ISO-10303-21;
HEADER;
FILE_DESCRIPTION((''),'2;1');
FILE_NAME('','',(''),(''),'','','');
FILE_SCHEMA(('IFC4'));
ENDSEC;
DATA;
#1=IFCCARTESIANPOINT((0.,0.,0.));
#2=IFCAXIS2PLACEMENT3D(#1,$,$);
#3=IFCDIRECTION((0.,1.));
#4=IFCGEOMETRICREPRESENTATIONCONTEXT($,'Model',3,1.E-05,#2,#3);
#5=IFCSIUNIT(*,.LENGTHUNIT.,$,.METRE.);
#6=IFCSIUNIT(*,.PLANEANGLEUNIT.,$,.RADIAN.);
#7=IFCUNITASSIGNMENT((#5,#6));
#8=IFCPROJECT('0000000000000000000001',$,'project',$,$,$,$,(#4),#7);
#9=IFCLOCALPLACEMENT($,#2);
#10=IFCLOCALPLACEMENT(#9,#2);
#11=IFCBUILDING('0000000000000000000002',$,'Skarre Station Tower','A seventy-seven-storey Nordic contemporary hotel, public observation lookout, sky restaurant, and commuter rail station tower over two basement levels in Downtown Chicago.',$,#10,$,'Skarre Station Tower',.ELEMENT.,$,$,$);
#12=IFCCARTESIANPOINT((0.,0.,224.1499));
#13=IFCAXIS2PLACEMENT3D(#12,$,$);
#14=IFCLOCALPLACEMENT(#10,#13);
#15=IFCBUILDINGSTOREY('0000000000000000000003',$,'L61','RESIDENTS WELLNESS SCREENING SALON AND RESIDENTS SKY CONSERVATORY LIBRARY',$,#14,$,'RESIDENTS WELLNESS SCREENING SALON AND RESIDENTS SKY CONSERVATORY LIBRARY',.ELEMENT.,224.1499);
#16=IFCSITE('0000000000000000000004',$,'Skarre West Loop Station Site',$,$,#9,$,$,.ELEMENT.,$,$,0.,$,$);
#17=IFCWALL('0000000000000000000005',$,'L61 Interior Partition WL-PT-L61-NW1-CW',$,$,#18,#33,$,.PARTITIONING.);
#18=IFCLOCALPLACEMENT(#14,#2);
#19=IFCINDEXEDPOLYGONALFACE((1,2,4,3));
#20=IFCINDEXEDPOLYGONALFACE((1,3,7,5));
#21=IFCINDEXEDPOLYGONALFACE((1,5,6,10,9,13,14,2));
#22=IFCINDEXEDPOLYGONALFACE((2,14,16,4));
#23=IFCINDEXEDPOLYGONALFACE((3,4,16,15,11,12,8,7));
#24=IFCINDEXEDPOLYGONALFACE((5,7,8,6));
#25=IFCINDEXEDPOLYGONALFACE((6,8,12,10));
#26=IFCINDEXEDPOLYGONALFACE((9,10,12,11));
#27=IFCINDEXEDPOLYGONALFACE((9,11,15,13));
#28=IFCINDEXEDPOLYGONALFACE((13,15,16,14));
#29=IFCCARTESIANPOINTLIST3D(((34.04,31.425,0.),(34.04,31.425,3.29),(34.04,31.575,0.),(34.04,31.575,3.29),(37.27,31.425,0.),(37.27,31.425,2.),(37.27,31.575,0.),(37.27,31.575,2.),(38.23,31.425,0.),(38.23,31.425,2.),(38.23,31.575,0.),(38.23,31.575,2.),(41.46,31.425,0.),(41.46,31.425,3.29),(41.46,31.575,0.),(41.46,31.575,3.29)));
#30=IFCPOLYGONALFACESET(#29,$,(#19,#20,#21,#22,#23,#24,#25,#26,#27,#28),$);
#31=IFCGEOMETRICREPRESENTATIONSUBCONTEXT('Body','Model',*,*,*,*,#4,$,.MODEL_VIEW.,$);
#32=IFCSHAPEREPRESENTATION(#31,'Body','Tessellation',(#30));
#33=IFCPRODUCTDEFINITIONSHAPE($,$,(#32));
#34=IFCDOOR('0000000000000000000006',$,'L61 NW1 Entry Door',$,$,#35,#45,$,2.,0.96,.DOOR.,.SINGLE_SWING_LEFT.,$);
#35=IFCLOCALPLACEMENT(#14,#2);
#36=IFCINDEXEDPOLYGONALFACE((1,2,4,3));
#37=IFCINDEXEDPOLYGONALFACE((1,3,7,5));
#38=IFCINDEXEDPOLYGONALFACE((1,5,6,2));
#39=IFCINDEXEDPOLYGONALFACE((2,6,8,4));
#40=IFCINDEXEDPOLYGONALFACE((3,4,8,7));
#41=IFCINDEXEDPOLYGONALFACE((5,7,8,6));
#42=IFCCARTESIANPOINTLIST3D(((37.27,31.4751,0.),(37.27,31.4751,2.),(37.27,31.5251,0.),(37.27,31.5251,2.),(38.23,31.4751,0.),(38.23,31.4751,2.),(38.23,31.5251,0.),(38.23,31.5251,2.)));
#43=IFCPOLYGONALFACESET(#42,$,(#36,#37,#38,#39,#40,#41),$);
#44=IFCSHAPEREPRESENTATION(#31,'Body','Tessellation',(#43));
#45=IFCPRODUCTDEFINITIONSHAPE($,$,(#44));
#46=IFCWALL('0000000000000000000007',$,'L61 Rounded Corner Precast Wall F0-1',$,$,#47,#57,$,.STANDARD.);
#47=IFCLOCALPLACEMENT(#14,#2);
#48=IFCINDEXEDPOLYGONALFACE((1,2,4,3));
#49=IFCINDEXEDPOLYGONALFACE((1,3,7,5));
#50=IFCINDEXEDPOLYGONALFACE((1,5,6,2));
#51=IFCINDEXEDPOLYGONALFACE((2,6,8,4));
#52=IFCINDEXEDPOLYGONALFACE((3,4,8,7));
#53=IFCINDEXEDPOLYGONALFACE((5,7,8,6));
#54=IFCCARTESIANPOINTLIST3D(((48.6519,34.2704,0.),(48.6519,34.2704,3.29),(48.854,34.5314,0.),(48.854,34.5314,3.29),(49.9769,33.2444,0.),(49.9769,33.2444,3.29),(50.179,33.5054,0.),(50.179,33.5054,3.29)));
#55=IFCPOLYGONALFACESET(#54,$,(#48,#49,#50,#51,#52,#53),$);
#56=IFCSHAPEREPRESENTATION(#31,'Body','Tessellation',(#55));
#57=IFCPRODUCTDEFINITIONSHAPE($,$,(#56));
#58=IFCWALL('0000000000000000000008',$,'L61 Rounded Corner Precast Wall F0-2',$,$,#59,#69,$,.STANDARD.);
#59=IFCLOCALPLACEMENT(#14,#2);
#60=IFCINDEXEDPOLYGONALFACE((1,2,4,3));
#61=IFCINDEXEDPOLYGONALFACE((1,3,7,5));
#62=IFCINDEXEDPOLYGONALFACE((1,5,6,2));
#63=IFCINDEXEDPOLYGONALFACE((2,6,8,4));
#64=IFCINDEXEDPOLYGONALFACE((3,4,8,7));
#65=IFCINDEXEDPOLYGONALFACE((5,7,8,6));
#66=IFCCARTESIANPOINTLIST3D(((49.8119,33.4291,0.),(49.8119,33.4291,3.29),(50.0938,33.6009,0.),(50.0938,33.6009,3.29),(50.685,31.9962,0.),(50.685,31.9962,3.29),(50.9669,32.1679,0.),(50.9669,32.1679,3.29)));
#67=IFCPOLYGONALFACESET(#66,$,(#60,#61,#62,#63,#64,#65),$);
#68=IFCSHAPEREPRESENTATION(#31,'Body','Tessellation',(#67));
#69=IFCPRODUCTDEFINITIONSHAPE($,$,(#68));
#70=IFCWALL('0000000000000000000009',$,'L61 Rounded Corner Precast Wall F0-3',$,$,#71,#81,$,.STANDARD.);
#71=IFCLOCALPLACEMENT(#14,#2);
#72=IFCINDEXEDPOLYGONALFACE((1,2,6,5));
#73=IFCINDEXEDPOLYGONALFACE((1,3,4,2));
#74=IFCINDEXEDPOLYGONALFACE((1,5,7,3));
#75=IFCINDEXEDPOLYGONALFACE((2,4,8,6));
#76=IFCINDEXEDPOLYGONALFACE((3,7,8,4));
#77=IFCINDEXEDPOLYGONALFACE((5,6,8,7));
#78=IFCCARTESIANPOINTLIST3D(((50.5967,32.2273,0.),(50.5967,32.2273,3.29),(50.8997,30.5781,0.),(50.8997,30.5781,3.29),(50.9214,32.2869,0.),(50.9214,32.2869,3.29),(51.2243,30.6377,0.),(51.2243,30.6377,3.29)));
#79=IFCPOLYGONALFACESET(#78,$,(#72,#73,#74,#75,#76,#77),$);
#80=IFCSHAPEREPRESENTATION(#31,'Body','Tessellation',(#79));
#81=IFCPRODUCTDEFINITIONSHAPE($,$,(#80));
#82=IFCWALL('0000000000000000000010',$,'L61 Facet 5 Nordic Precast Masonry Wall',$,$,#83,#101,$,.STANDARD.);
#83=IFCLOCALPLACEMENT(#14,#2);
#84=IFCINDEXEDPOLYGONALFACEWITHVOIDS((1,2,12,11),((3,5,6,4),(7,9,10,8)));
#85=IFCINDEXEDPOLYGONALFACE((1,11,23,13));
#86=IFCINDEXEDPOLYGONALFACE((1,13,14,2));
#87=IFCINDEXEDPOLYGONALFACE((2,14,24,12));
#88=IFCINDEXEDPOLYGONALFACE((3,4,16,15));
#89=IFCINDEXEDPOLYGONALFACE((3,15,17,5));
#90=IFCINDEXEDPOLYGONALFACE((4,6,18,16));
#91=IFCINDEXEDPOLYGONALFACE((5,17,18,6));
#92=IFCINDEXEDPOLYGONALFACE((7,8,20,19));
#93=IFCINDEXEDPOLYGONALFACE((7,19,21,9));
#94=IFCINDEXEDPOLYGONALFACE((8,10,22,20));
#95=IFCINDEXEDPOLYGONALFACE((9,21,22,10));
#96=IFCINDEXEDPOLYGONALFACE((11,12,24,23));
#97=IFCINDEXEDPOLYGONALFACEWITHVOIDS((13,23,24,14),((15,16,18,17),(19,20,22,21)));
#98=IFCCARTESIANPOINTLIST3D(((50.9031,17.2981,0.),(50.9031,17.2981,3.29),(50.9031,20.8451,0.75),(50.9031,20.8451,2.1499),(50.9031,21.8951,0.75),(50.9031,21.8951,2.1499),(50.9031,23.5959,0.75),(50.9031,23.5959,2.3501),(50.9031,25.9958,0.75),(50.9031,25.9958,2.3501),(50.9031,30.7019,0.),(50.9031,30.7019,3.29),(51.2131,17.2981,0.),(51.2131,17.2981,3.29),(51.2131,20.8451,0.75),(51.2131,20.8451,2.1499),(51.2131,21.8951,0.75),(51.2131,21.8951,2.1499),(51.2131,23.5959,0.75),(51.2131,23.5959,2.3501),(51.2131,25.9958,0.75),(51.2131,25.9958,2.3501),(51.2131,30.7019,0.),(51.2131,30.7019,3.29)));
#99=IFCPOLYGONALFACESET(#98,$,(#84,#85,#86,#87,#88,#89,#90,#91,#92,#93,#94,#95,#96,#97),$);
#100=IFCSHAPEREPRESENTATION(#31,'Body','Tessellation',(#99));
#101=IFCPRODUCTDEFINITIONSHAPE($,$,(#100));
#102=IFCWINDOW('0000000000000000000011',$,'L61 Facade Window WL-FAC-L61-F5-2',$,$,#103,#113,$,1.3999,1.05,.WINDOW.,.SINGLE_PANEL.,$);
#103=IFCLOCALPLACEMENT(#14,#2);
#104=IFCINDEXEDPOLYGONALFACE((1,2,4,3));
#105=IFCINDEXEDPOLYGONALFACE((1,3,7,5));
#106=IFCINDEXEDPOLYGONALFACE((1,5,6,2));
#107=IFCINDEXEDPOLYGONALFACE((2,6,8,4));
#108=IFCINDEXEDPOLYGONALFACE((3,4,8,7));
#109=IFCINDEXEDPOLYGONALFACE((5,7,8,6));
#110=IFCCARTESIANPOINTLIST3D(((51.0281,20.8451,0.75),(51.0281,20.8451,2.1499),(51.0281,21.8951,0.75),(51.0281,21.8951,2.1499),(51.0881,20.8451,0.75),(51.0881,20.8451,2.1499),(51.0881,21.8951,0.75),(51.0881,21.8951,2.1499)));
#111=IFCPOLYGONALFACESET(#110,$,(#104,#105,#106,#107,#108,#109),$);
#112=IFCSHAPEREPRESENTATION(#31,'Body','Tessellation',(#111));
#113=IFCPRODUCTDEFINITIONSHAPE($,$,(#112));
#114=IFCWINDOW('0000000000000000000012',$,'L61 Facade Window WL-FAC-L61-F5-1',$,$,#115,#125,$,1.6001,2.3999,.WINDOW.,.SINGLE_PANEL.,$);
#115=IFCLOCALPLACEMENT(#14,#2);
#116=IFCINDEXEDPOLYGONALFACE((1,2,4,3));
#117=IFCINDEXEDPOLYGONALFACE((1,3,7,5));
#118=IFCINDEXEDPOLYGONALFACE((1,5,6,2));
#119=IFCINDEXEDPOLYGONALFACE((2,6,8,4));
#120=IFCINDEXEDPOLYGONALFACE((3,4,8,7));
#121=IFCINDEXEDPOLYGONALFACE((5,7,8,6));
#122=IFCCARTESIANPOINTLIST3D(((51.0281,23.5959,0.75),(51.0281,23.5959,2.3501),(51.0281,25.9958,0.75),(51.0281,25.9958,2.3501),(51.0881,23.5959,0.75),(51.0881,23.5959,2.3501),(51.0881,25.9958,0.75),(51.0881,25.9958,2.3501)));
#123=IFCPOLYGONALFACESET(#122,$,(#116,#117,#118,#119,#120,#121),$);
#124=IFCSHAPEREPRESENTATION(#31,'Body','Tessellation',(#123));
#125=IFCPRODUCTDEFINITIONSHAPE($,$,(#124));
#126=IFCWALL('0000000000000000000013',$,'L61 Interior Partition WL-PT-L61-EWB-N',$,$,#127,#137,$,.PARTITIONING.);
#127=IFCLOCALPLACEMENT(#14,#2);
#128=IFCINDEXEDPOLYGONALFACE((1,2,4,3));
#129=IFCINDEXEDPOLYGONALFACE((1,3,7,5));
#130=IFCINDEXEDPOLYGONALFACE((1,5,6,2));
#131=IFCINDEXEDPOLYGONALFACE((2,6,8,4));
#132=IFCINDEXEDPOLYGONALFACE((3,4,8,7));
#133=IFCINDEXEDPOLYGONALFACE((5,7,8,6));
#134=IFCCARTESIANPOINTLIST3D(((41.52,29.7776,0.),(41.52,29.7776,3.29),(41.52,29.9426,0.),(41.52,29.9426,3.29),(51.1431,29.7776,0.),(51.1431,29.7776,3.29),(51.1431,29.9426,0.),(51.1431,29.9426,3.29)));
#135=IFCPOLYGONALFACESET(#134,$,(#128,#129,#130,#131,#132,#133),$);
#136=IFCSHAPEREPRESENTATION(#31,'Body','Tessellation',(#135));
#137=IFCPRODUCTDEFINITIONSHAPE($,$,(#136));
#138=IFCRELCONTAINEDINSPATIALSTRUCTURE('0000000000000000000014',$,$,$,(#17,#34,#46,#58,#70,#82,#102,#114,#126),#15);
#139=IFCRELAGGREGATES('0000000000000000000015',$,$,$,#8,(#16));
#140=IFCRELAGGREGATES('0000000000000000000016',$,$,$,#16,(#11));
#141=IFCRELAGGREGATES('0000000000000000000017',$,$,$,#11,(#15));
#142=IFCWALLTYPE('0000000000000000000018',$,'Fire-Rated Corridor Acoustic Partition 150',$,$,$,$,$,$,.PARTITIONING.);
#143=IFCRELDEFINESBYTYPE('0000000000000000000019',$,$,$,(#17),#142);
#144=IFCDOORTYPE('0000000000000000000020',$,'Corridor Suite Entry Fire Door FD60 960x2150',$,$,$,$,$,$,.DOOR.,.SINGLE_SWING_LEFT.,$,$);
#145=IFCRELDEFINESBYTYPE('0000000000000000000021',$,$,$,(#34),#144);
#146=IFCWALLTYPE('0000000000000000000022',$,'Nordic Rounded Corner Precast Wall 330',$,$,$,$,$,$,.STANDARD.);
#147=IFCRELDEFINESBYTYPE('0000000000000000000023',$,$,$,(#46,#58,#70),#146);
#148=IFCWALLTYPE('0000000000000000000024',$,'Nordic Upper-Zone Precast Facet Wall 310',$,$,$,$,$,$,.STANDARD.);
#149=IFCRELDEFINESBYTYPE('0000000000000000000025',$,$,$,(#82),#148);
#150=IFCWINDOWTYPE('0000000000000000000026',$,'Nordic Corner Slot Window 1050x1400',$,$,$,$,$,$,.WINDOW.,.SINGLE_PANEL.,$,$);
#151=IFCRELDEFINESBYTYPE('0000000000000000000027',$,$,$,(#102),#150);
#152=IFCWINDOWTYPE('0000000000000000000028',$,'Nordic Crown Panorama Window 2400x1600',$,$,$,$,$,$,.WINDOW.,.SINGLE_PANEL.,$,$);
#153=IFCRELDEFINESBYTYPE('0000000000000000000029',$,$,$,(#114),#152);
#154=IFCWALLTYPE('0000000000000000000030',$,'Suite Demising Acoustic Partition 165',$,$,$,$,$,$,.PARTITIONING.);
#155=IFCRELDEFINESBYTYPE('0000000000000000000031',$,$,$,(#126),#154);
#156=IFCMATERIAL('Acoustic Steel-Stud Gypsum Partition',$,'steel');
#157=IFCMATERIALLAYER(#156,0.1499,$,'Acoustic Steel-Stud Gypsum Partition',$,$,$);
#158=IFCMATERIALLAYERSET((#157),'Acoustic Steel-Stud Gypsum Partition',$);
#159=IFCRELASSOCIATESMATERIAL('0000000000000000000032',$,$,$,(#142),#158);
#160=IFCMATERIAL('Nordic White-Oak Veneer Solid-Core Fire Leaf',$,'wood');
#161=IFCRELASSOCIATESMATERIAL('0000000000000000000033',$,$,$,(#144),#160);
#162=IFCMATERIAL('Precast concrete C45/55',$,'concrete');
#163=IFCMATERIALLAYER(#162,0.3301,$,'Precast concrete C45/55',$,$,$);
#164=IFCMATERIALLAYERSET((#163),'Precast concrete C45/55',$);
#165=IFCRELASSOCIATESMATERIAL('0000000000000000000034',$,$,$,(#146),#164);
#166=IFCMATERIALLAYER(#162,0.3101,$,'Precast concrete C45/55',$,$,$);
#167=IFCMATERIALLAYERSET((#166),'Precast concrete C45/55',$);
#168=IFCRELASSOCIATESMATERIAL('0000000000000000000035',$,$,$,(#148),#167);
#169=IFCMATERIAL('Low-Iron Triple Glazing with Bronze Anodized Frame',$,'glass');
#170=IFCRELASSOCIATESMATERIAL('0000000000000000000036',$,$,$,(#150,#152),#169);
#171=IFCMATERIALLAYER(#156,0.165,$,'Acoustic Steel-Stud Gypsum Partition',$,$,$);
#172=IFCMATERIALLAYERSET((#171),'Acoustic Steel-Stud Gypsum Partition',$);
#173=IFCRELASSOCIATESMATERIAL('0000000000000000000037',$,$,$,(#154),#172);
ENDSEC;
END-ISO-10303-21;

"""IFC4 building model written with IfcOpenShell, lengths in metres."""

from ifc_helpers import new_model, si_unit, direction, frame, frame_2d, origin, place, context, subcontext, project, spatial, rectangle, extrude, material, layer, layer_set, type_object, element, fill, save


model = new_model("IFC4")

# Units and contexts
model_context = context("Model", 3, precision=1e-05, world=origin(), true_north=direction((0.0, 1.0)))
body_context = subcontext(model_context, "Body", "Model", "MODEL_VIEW")
ifc_project = project(units=[si_unit("LENGTHUNIT", "METRE"), si_unit("PLANEANGLEUNIT", "RADIAN")], contexts=[model_context])

# Site, building, storey
site_placement = place(None, origin())
site = spatial("IfcSite", under=ifc_project, at=site_placement, Name="Skarre West Loop Station Site", CompositionType="ELEMENT", RefElevation=0.0)
building_placement = place(site_placement, origin())
building = spatial("IfcBuilding", under=site, at=building_placement, Name="Skarre Station Tower", Description="A seventy-seven-storey Nordic contemporary hotel, public observation lookout, sky restaurant, and commuter rail station tower over two basement levels in Downtown Chicago.", LongName="Skarre Station Tower", CompositionType="ELEMENT")
storey_placement = place(building_placement, frame((0.0, 0.0, 224.1499)))
storey = spatial("IfcBuildingStorey", under=building, at=storey_placement, Name="L61", Description="RESIDENTS WELLNESS SCREENING SALON AND RESIDENTS SKY CONSERVATORY LIBRARY", LongName="RESIDENTS WELLNESS SCREENING SALON AND RESIDENTS SKY CONSERVATORY LIBRARY", CompositionType="ELEMENT", Elevation=224.1499)

# Shared definitions
ifc_material_1 = material(Name="Acoustic Steel-Stud Gypsum Partition", Category="steel")
ifc_layer_1 = layer(ifc_material_1, 0.1499, Name="Acoustic Steel-Stud Gypsum Partition")
ifc_layer_set_1 = layer_set([ifc_layer_1], Name="Acoustic Steel-Stud Gypsum Partition")
wall_type_1 = type_object("IfcWallType", Name="Fire-Rated Corridor Acoustic Partition 150", PredefinedType="PARTITIONING", material=ifc_layer_set_1)

# Wall, opening, door
wall_1_placement = place(storey_placement, frame((41.46, 31.5, 0.0), z_axis=(0.0, 0.0, 1.0), x_axis=(-1.0, 0.0, 0.0)))
wall_1 = element("IfcWall", 1, at=wall_1_placement, inside=storey, type_object=wall_type_1, Name="L61 Interior Partition WL-PT-L61-NW1-CW", PredefinedType="PARTITIONING", context=body_context, shape_type="SweptSolid", body=[
    extrude(rectangle(XDim=7.4199, YDim=0.1499, at=frame_2d((3.71, 0.0))), origin(), (0.0, 0.0, 1.0), 3.29),
])
opening_1_placement = place(wall_1_placement, frame((3.23, 0.0, 0.0)))
opening_1 = element("IfcOpeningElement", 2, at=opening_1_placement, cuts=wall_1, PredefinedType="OPENING", context=body_context, shape_type="SweptSolid", body=[
    extrude(rectangle(XDim=0.96, YDim=2.0, at=frame_2d((0.48, 1.0))), frame((0.0, 0.085, 0.0), z_axis=(0.0, -1.0, 0.0), x_axis=(1.0, 0.0, 0.0)), (0.0, 0.0, 1.0), 0.1699),
])
ifc_material_2 = material(Name="Nordic White-Oak Veneer Solid-Core Fire Leaf", Category="wood")
door_type = type_object("IfcDoorType", Name="Corridor Suite Entry Fire Door FD60 960x2150", OperationType="SINGLE_SWING_LEFT", PredefinedType="DOOR", material=ifc_material_2)
door_placement = place(opening_1_placement, origin())
door = element("IfcDoor", 3, at=door_placement, inside=storey, type_object=door_type, Name="L61 NW1 Entry Door", OperationType="SINGLE_SWING_LEFT", OverallHeight=2.0, OverallWidth=0.96, PredefinedType="DOOR", context=body_context, shape_type="SweptSolid", body=[
    extrude(rectangle(XDim=0.96, YDim=2.0, at=frame_2d((0.48, 1.0))), frame((0.0, 0.0249, 0.0), z_axis=(0.0, -1.0, 0.0), x_axis=(1.0, 0.0, 0.0)), (0.0, 0.0, 1.0), 0.05),
])
fill(opening_1, door)

# Walls
ifc_material_3 = material(Name="Precast concrete C45/55", Category="concrete")
ifc_layer_2 = layer(ifc_material_3, 0.3301, Name="Precast concrete C45/55")
ifc_layer_set_2 = layer_set([ifc_layer_2], Name="Precast concrete C45/55")
wall_type_2 = type_object("IfcWallType", Name="Nordic Rounded Corner Precast Wall 330", PredefinedType="STANDARD", material=ifc_layer_set_2)
wall_2_placement = place(storey_placement, frame((48.7529, 34.4009, 0.0), z_axis=(0.0, 0.0, 1.0), x_axis=(0.790692, -0.612214, 0.0)))
element("IfcWall", 4, at=wall_2_placement, inside=storey, type_object=wall_type_2, Name="L61 Rounded Corner Precast Wall F0-1", PredefinedType="STANDARD", context=body_context, shape_type="SweptSolid", body=[
    extrude(rectangle(XDim=1.6758, YDim=0.3301, at=frame_2d((0.8379, 0.0))), origin(), (0.0, 0.0, 1.0), 3.29),
])
wall_3_placement = place(storey_placement, frame((49.9529, 33.5149, 0.0), z_axis=(0.0, 0.0, 1.0), x_axis=(0.520325, -0.853968, 0.0)))
element("IfcWall", 5, at=wall_3_placement, inside=storey, type_object=wall_type_2, Name="L61 Rounded Corner Precast Wall F0-2", PredefinedType="STANDARD", context=body_context, shape_type="SweptSolid", body=[
    extrude(rectangle(XDim=1.678, YDim=0.3301, at=frame_2d((0.8389, 0.0))), origin(), (0.0, 0.0, 1.0), 3.29),
])
wall_4_placement = place(storey_placement, frame((50.759, 32.2571, 0.0), z_axis=(0.0, 0.0, 1.0), x_axis=(0.180692, -0.98354, 0.0)))
element("IfcWall", 6, at=wall_4_placement, inside=storey, type_object=wall_type_2, Name="L61 Rounded Corner Precast Wall F0-3", PredefinedType="STANDARD", context=body_context, shape_type="SweptSolid", body=[
    extrude(rectangle(XDim=1.6768, YDim=0.3301, at=frame_2d((0.8384, 0.0))), origin(), (0.0, 0.0, 1.0), 3.29),
])

# Wall, openings, windows
ifc_layer_3 = layer(ifc_material_3, 0.3101, Name="Precast concrete C45/55")
ifc_layer_set_3 = layer_set([ifc_layer_3], Name="Precast concrete C45/55")
wall_type_3 = type_object("IfcWallType", Name="Nordic Upper-Zone Precast Facet Wall 310", PredefinedType="STANDARD", material=ifc_layer_set_3)
wall_5_placement = place(storey_placement, frame((51.0581, 30.7019, 0.0), z_axis=(0.0, 0.0, 1.0), x_axis=(0.0, -1.0, 0.0)))
wall_5 = element("IfcWall", 7, at=wall_5_placement, inside=storey, type_object=wall_type_3, Name="L61 Facet 5 Nordic Precast Masonry Wall", PredefinedType="STANDARD", context=body_context, shape_type="SweptSolid", body=[
    extrude(rectangle(XDim=13.4038, YDim=0.3101, at=frame_2d((6.7019, 0.0))), origin(), (0.0, 0.0, 1.0), 3.29),
])
opening_2_placement = place(wall_5_placement, frame((4.7061, 0.0, 0.75)))
opening_2 = element("IfcOpeningElement", 8, at=opening_2_placement, cuts=wall_5, PredefinedType="OPENING", context=body_context, shape_type="SweptSolid", body=[
    extrude(rectangle(XDim=2.3999, YDim=1.6001, at=frame_2d((1.2, 0.8))), frame((0.0, 0.165, 0.0), z_axis=(0.0, -1.0, 0.0), x_axis=(1.0, 0.0, 0.0)), (0.0, 0.0, 1.0), 0.3301),
])
opening_3_placement = place(wall_5_placement, frame((8.8069, 0.0, 0.75)))
opening_3 = element("IfcOpeningElement", 9, at=opening_3_placement, cuts=wall_5, PredefinedType="OPENING", context=body_context, shape_type="SweptSolid", body=[
    extrude(rectangle(XDim=1.05, YDim=1.3999, at=frame_2d((0.5249, 0.7))), frame((0.0, 0.165, 0.0), z_axis=(0.0, -1.0, 0.0), x_axis=(1.0, 0.0, 0.0)), (0.0, 0.0, 1.0), 0.3301),
])
ifc_material_4 = material(Name="Low-Iron Triple Glazing with Bronze Anodized Frame", Category="glass")
window_type_1 = type_object("IfcWindowType", Name="Nordic Corner Slot Window 1050x1400", PartitioningType="SINGLE_PANEL", PredefinedType="WINDOW", material=ifc_material_4)
window_1_placement = place(opening_3_placement, origin())
window_1 = element("IfcWindow", 10, at=window_1_placement, inside=storey, type_object=window_type_1, Name="L61 Facade Window WL-FAC-L61-F5-2", OverallHeight=1.3999, OverallWidth=1.05, PartitioningType="SINGLE_PANEL", PredefinedType="WINDOW", context=body_context, shape_type="SweptSolid", body=[
    extrude(rectangle(XDim=1.05, YDim=1.3999, at=frame_2d((0.5249, 0.7))), frame((0.0, 0.03, 0.0), z_axis=(0.0, -1.0, 0.0), x_axis=(1.0, 0.0, 0.0)), (0.0, 0.0, 1.0), 0.0601),
])
fill(opening_3, window_1)
window_type_2 = type_object("IfcWindowType", Name="Nordic Crown Panorama Window 2400x1600", PartitioningType="SINGLE_PANEL", PredefinedType="WINDOW", material=ifc_material_4)
window_2_placement = place(opening_2_placement, origin())
window_2 = element("IfcWindow", 11, at=window_2_placement, inside=storey, type_object=window_type_2, Name="L61 Facade Window WL-FAC-L61-F5-1", OverallHeight=1.6001, OverallWidth=2.3999, PartitioningType="SINGLE_PANEL", PredefinedType="WINDOW", context=body_context, shape_type="SweptSolid", body=[
    extrude(rectangle(XDim=2.3999, YDim=1.6001, at=frame_2d((1.2, 0.8))), frame((0.0, 0.03, 0.0), z_axis=(0.0, -1.0, 0.0), x_axis=(1.0, 0.0, 0.0)), (0.0, 0.0, 1.0), 0.0601),
])
fill(opening_2, window_2)

# Wall
ifc_layer_4 = layer(ifc_material_1, 0.165, Name="Acoustic Steel-Stud Gypsum Partition")
ifc_layer_set_4 = layer_set([ifc_layer_4], Name="Acoustic Steel-Stud Gypsum Partition")
wall_type_4 = type_object("IfcWallType", Name="Suite Demising Acoustic Partition 165", PredefinedType="PARTITIONING", material=ifc_layer_set_4)
wall_6_placement = place(storey_placement, frame((41.52, 29.8601, 0.0), z_axis=(0.0, 0.0, 1.0), x_axis=(1.0, 0.0, 0.0)))
element("IfcWall", 12, at=wall_6_placement, inside=storey, type_object=wall_type_4, Name="L61 Interior Partition WL-PT-L61-EWB-N", PredefinedType="PARTITIONING", context=body_context, shape_type="SweptSolid", body=[
    extrude(rectangle(XDim=9.623, YDim=0.165, at=frame_2d((4.8115, 0.0))), origin(), (0.0, 0.0, 1.0), 3.29),
])

save(model, "model.ifc")
